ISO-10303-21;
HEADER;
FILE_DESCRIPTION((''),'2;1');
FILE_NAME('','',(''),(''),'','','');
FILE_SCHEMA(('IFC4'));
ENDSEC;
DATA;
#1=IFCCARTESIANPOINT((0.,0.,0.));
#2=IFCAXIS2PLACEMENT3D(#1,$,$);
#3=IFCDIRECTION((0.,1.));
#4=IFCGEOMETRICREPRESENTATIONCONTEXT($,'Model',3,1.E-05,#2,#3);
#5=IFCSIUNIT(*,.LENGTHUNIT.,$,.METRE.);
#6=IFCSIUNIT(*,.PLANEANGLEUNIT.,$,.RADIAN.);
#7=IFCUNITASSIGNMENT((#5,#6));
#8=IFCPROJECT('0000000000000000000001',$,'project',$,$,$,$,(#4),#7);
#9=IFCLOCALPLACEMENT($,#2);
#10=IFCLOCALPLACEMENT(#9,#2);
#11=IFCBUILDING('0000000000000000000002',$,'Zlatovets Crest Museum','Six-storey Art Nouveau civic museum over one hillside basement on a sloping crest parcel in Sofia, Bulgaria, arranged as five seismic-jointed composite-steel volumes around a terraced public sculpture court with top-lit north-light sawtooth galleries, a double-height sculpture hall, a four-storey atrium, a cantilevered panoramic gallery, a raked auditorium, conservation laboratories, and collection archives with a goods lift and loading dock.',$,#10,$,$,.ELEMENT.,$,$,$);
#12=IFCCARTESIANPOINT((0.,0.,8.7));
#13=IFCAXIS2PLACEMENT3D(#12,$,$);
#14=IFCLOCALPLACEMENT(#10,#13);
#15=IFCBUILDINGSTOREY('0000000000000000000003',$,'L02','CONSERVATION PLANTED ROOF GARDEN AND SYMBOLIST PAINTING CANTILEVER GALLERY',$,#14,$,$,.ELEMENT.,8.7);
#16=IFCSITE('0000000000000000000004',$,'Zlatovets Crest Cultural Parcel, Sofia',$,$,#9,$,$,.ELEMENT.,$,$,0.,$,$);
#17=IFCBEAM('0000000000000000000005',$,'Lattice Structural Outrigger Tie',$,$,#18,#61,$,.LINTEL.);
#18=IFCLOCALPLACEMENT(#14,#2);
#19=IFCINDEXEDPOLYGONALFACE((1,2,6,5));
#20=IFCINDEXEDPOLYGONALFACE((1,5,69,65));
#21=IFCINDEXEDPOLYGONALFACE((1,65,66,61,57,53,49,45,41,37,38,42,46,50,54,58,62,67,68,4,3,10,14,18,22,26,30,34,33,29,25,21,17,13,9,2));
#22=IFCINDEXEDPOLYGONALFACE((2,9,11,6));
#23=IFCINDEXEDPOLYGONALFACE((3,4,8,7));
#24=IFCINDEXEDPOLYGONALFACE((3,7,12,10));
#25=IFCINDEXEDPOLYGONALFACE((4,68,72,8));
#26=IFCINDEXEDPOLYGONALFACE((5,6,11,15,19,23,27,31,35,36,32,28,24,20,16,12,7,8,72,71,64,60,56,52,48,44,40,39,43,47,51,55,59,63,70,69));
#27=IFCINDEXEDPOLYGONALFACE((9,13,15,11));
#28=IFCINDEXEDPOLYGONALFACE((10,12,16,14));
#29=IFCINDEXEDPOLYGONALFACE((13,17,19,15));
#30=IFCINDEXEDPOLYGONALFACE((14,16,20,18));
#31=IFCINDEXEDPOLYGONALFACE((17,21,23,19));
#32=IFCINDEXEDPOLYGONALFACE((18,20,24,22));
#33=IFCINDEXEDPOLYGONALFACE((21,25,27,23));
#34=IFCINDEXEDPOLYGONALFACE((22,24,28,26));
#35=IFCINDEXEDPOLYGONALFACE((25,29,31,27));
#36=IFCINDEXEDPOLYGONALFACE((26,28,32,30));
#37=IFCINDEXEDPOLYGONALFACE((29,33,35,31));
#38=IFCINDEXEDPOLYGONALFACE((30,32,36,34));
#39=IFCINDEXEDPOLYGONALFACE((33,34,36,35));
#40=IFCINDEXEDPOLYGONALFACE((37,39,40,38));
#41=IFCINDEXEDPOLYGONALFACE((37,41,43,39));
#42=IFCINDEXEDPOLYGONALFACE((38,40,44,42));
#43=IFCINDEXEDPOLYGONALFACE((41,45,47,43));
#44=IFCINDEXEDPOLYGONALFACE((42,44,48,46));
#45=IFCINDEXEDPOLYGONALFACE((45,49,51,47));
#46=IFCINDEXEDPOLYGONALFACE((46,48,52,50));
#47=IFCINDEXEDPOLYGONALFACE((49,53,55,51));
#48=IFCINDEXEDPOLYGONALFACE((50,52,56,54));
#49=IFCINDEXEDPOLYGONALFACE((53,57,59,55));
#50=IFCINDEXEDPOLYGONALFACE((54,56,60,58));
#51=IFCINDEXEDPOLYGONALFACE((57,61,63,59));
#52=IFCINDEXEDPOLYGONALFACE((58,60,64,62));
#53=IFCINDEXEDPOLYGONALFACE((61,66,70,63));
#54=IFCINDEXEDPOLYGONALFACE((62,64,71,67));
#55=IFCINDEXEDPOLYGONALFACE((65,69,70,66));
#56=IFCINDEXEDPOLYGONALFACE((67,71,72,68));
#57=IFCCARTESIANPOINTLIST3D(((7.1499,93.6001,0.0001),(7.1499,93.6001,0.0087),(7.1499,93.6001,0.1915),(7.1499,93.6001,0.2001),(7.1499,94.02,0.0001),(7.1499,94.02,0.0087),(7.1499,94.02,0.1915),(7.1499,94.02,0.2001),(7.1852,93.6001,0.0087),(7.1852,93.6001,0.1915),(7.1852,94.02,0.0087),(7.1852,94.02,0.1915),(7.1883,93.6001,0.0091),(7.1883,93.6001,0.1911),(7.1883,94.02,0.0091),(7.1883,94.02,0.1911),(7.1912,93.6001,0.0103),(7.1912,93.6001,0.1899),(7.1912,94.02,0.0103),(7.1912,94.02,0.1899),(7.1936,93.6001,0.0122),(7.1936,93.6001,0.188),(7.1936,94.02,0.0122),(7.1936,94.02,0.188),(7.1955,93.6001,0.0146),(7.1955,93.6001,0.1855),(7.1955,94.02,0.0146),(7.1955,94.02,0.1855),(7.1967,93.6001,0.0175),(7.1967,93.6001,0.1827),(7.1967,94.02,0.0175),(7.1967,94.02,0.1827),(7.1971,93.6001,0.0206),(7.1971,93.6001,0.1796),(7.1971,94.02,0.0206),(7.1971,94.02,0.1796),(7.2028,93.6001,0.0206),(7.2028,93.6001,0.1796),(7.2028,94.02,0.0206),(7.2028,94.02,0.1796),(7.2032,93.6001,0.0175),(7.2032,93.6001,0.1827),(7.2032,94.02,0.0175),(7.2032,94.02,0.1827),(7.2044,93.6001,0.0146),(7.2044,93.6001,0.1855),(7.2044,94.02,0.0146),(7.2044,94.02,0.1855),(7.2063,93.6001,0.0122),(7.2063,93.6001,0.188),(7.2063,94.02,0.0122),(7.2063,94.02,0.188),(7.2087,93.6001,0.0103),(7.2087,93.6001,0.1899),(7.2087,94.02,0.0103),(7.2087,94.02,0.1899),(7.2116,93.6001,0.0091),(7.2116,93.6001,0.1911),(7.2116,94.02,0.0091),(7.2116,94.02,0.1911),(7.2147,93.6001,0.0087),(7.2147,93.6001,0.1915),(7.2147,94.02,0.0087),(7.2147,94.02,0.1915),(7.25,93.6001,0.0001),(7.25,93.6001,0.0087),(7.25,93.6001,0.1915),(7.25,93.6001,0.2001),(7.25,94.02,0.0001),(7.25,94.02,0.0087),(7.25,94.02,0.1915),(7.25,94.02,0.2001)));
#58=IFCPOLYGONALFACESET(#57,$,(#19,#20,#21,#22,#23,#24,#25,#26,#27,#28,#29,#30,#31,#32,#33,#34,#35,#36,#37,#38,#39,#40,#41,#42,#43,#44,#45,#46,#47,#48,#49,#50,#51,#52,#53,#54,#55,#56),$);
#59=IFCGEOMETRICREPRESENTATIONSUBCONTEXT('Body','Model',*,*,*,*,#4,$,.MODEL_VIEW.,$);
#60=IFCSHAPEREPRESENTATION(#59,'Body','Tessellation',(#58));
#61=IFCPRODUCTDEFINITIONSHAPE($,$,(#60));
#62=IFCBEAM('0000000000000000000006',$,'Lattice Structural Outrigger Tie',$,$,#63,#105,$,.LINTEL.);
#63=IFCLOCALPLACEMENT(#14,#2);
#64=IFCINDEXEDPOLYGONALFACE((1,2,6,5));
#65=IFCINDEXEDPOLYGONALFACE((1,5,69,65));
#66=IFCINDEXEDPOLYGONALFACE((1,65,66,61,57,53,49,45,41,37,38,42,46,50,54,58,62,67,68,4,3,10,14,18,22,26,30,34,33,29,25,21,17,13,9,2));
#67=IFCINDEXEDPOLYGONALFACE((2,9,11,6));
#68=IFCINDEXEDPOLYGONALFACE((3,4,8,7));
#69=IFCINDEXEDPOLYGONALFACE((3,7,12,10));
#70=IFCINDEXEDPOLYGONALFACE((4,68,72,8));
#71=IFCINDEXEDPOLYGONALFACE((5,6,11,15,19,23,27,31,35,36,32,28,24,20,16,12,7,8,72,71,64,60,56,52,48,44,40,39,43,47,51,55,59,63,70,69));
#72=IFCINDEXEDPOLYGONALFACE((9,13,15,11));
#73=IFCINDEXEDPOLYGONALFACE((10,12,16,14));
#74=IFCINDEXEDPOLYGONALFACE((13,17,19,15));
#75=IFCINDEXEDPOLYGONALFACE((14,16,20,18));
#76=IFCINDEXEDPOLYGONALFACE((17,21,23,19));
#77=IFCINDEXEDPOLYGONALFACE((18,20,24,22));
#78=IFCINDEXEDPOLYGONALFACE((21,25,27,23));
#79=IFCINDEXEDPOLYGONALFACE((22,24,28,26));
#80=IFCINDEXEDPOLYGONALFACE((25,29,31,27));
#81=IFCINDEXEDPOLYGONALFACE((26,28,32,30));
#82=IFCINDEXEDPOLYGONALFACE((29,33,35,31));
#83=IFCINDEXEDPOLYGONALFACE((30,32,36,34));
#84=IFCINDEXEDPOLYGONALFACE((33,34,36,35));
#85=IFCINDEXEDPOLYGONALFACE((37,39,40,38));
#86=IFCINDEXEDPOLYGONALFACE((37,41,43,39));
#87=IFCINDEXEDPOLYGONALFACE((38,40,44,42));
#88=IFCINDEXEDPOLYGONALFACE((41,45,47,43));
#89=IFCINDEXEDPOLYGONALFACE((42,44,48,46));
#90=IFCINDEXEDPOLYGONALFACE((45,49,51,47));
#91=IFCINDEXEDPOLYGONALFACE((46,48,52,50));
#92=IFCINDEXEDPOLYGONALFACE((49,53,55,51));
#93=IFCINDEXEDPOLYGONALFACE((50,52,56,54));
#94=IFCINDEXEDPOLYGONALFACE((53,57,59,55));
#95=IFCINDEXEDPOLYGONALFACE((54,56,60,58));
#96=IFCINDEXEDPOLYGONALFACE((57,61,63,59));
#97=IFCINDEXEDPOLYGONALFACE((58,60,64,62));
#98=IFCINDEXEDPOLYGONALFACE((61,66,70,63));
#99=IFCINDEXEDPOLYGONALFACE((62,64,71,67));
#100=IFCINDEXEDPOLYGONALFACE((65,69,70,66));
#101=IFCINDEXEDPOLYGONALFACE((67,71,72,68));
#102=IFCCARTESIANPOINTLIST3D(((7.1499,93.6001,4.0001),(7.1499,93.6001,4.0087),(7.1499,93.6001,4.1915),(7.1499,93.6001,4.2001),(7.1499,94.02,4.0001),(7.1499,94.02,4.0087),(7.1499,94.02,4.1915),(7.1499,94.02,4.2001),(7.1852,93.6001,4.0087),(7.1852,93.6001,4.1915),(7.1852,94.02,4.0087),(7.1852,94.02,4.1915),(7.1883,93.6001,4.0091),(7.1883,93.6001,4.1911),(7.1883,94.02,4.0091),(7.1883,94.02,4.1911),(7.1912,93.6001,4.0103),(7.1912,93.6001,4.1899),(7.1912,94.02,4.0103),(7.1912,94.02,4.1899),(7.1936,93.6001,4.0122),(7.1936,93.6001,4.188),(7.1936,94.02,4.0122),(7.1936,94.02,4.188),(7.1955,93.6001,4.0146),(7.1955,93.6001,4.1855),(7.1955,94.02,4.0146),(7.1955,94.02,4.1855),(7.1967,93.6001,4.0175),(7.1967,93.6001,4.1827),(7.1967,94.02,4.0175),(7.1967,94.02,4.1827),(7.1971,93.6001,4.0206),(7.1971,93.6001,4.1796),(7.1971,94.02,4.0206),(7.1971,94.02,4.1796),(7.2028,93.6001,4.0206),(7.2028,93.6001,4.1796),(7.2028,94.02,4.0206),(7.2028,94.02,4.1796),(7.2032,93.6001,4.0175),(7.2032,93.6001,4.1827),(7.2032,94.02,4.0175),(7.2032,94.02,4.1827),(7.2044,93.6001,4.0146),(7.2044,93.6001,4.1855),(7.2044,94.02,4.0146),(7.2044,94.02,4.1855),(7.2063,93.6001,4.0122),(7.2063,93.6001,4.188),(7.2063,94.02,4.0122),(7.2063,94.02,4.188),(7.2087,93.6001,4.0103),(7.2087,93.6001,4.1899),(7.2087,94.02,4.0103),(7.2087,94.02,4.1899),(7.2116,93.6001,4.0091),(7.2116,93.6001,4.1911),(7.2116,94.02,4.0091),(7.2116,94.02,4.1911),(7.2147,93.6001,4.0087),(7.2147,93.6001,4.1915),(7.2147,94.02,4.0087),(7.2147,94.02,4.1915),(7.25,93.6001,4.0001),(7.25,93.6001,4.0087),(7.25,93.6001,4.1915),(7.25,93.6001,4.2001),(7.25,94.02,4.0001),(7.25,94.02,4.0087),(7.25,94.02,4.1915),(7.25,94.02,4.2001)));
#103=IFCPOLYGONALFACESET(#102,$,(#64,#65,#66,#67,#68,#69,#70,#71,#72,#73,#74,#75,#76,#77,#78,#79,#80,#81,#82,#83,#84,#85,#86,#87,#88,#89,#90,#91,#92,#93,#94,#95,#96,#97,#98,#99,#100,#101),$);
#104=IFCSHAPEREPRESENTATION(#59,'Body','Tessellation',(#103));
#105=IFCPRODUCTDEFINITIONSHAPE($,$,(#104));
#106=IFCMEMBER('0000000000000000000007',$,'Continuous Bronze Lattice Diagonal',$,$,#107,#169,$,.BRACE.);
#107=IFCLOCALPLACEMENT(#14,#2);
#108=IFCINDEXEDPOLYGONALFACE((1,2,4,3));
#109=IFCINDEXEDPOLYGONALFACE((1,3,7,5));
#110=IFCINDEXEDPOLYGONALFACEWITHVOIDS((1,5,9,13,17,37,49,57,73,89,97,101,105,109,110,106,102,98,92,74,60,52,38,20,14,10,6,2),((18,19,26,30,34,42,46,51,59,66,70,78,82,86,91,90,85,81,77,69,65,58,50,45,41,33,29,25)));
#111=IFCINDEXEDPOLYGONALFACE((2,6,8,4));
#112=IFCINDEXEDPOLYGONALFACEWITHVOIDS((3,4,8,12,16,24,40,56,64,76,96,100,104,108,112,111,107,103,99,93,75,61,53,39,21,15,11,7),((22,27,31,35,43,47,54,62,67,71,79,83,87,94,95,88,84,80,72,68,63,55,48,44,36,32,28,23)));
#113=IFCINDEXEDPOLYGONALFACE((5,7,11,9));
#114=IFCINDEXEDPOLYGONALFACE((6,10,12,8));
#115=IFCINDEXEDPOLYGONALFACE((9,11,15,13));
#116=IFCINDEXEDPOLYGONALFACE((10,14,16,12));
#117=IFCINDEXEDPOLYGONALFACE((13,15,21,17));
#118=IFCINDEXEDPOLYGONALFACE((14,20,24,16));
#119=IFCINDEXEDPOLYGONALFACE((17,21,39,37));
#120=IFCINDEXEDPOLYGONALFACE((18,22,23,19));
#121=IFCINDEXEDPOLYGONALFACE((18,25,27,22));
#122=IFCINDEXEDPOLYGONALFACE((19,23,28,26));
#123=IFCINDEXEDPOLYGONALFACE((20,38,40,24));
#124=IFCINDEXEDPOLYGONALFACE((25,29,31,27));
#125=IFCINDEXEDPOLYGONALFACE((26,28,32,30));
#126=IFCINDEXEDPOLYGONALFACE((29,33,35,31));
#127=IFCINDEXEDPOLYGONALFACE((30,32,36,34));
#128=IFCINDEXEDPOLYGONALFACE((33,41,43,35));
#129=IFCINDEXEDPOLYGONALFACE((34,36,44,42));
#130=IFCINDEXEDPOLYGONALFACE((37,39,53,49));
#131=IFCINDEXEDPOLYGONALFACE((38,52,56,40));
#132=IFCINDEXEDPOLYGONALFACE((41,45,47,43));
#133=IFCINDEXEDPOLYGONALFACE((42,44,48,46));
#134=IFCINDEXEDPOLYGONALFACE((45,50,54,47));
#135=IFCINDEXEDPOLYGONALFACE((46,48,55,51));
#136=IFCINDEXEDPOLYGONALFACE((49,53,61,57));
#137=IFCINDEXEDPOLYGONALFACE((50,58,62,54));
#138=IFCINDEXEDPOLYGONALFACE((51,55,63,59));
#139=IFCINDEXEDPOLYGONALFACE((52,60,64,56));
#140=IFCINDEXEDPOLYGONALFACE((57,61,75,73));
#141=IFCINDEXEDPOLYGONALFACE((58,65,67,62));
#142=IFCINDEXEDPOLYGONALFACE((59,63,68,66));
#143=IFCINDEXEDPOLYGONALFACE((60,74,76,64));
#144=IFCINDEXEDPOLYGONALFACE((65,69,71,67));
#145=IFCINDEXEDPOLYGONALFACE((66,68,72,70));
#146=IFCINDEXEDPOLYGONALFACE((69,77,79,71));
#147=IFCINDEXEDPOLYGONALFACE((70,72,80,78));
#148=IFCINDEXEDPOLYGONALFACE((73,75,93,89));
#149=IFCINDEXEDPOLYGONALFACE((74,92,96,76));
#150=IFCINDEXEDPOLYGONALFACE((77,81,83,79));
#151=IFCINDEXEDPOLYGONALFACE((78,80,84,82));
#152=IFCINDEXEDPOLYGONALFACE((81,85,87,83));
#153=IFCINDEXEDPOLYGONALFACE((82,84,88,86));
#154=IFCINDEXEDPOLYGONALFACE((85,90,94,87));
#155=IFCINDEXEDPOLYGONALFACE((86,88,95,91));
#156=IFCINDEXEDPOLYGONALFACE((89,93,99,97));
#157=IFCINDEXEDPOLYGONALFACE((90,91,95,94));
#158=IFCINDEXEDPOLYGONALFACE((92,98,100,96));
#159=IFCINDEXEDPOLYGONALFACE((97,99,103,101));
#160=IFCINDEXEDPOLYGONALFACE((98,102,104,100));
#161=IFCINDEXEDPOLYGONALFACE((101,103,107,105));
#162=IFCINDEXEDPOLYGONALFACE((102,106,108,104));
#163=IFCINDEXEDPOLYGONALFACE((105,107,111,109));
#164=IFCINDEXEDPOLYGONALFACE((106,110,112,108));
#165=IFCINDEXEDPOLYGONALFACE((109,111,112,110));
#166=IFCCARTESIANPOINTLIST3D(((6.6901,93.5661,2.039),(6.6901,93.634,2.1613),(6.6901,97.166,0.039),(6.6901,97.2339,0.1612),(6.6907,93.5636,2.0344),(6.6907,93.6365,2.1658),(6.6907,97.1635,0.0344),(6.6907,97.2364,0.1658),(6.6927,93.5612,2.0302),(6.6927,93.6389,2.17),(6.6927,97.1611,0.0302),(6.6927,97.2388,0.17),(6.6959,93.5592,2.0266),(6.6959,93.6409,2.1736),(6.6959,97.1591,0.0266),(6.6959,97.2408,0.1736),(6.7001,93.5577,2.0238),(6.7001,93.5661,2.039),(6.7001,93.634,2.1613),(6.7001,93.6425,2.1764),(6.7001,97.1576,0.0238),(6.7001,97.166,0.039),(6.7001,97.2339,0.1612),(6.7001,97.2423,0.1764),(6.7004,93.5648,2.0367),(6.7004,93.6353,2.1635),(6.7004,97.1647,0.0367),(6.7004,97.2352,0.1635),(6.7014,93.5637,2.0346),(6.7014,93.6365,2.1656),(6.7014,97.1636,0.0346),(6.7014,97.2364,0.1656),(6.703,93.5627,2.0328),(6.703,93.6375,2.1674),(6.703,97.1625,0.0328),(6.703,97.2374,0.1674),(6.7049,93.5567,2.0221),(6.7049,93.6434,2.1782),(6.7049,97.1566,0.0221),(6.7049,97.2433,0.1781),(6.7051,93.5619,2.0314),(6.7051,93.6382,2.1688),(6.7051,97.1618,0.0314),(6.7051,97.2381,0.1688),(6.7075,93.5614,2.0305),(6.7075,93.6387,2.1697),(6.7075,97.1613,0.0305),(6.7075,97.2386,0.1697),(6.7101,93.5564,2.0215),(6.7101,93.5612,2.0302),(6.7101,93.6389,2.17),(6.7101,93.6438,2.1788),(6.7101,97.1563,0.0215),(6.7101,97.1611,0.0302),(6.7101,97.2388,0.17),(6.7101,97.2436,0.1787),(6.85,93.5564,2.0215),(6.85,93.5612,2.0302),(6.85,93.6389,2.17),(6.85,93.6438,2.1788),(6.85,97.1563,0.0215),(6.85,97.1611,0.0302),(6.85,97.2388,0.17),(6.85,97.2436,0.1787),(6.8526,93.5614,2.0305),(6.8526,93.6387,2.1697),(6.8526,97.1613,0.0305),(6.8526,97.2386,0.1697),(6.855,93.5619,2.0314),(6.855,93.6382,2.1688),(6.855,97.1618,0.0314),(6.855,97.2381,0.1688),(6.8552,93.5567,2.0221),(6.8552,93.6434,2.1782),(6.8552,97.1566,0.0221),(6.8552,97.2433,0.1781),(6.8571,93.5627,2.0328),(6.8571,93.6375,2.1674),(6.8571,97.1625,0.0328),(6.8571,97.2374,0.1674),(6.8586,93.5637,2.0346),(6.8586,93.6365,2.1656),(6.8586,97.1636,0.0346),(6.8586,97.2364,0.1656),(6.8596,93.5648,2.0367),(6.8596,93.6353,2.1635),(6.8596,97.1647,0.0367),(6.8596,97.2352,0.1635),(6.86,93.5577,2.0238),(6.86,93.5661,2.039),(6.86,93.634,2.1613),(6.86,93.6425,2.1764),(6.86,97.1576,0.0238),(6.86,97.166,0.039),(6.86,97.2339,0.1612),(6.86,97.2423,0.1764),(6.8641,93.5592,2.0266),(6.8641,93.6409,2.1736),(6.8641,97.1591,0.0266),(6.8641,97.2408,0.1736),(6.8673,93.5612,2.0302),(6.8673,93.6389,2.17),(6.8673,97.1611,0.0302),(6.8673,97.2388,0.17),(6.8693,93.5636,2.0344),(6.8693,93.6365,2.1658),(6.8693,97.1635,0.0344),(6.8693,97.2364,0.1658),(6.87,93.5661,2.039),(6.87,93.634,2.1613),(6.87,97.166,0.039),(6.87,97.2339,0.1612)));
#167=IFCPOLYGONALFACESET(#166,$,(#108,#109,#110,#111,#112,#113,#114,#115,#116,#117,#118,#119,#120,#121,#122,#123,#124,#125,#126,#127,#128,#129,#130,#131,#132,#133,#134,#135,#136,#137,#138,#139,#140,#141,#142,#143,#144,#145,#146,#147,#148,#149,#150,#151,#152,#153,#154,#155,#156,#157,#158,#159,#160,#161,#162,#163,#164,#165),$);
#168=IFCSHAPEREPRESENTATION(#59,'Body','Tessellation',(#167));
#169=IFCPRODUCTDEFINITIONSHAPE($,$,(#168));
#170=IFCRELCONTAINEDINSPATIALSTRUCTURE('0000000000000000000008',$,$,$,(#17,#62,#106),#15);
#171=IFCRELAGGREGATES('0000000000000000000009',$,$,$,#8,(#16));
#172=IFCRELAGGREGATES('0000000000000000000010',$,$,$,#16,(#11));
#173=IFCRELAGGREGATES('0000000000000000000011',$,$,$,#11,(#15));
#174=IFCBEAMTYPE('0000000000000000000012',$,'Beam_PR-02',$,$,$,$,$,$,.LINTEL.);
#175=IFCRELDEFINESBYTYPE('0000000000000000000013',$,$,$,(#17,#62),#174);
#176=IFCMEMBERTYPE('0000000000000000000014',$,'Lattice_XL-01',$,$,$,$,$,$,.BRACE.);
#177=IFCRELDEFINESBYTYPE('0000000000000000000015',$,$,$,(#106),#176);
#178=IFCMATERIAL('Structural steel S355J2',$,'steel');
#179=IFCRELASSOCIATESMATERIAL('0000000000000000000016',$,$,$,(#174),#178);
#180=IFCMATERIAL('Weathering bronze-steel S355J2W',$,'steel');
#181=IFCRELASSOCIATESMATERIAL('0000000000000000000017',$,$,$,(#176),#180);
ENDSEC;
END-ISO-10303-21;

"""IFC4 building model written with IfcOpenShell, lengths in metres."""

from ifc_helpers import new_model, si_unit, direction, frame, origin, origin_2d, place, context, subcontext, project, spatial, hollow_rectangle, i_section, extrude, material, material_profile, profile_set, type_object, element, save


model = new_model("IFC4")

# Units and contexts
model_context = context("Model", 3, precision=1e-05, world=origin(), true_north=direction((0.0, 1.0)))
body_context = subcontext(model_context, "Body", "Model", "MODEL_VIEW")
ifc_project = project(units=[si_unit("LENGTHUNIT", "METRE"), si_unit("PLANEANGLEUNIT", "RADIAN")], contexts=[model_context])

# Site, building, storey
site_placement = place(None, origin())
site = spatial("IfcSite", under=ifc_project, at=site_placement, Name="Zlatovets Crest Cultural Parcel, Sofia", CompositionType="ELEMENT", RefElevation=0.0)
building_placement = place(site_placement, origin())
building = spatial("IfcBuilding", under=site, at=building_placement, Name="Zlatovets Crest Museum", Description="Six-storey Art Nouveau civic museum over one hillside basement on a sloping crest parcel in Sofia, Bulgaria, arranged as five seismic-jointed composite-steel volumes around a terraced public sculpture court with top-lit north-light sawtooth galleries, a double-height sculpture hall, a four-storey atrium, a cantilevered panoramic gallery, a raked auditorium, conservation laboratories, and collection archives with a goods lift and loading dock.", CompositionType="ELEMENT")
storey_placement = place(building_placement, frame((0.0, 0.0, 8.7)))
storey = spatial("IfcBuildingStorey", under=building, at=storey_placement, Name="L02", Description="CONSERVATION PLANTED ROOF GARDEN AND SYMBOLIST PAINTING CANTILEVER GALLERY", CompositionType="ELEMENT", Elevation=8.7)

# Shared definitions
ifc_material_1 = material(Name="Structural steel S355J2", Category="steel")

# Beams
ifc_material_profile_1 = material_profile(ifc_material_1, i_section(OverallWidth=0.1001, OverallDepth=0.2, WebThickness=0.0056, FlangeThickness=0.0085, FilletRadius=0.012, at=origin_2d()), Name="IPE 200")
ifc_profile_set_1 = profile_set([ifc_material_profile_1], Name="Structural steel S355J2")
beam_type_1 = type_object("IfcBeamType", Name="Beam_PR-02", PredefinedType="LINTEL", material=ifc_profile_set_1)
for number, where, z_axis, x_axis, name in (
    (1, (7.2, 93.6001, 0.1001), (0.0, 1.0, 0.0), (-1.0, 0.0, 0.0), "Lattice Structural Outrigger Tie"),
    (2, (7.2, 93.6001, 4.1001), (0.0, 1.0, 0.0), (-1.0, 0.0, 0.0), "Lattice Structural Outrigger Tie"),
):
    element("IfcBeam", number, at=place(storey_placement, frame(where, z_axis=z_axis, x_axis=x_axis)), inside=storey, type_object=beam_type_1, Name=name, PredefinedType="LINTEL", context=body_context, shape_type="SweptSolid", body=[
        extrude(i_section(OverallWidth=0.1001, OverallDepth=0.2, WebThickness=0.0056, FlangeThickness=0.0085, FilletRadius=0.012, at=origin_2d()), origin(), (0.0, 0.0, 1.0), 0.4199),
    ])

# Member
ifc_material_2 = material(Name="Weathering bronze-steel S355J2W", Category="steel")
ifc_material_profile_2 = material_profile(ifc_material_2, hollow_rectangle(XDim=0.1799, YDim=0.1799, WallThickness=0.01, InnerFilletRadius=0.01, OuterFilletRadius=0.02, at=origin_2d()), Name="SHS 180x180x10.0")
ifc_profile_set_2 = profile_set([ifc_material_profile_2], Name="Weathering bronze-steel S355J2W")
member_type_1 = type_object("IfcMemberType", Name="Lattice_XL-01", PredefinedType="BRACE", material=ifc_profile_set_2)
member_1_placement = place(storey_placement, frame((6.78, 97.2, 0.1001), z_axis=(0.0, -0.874149, 0.485658), x_axis=(1.0, 0.0, 0.0)))
element("IfcMember", 3, at=member_1_placement, inside=storey, type_object=member_type_1, Name="Continuous Bronze Lattice Diagonal", PredefinedType="BRACE", context=body_context, shape_type="SweptSolid", body=[
    extrude(hollow_rectangle(XDim=0.1799, YDim=0.1799, WallThickness=0.01, InnerFilletRadius=0.01, OuterFilletRadius=0.02, at=origin_2d()), origin(), (0.0, 0.0, 1.0), 4.1182),
])

save(model, "model.ifc")
